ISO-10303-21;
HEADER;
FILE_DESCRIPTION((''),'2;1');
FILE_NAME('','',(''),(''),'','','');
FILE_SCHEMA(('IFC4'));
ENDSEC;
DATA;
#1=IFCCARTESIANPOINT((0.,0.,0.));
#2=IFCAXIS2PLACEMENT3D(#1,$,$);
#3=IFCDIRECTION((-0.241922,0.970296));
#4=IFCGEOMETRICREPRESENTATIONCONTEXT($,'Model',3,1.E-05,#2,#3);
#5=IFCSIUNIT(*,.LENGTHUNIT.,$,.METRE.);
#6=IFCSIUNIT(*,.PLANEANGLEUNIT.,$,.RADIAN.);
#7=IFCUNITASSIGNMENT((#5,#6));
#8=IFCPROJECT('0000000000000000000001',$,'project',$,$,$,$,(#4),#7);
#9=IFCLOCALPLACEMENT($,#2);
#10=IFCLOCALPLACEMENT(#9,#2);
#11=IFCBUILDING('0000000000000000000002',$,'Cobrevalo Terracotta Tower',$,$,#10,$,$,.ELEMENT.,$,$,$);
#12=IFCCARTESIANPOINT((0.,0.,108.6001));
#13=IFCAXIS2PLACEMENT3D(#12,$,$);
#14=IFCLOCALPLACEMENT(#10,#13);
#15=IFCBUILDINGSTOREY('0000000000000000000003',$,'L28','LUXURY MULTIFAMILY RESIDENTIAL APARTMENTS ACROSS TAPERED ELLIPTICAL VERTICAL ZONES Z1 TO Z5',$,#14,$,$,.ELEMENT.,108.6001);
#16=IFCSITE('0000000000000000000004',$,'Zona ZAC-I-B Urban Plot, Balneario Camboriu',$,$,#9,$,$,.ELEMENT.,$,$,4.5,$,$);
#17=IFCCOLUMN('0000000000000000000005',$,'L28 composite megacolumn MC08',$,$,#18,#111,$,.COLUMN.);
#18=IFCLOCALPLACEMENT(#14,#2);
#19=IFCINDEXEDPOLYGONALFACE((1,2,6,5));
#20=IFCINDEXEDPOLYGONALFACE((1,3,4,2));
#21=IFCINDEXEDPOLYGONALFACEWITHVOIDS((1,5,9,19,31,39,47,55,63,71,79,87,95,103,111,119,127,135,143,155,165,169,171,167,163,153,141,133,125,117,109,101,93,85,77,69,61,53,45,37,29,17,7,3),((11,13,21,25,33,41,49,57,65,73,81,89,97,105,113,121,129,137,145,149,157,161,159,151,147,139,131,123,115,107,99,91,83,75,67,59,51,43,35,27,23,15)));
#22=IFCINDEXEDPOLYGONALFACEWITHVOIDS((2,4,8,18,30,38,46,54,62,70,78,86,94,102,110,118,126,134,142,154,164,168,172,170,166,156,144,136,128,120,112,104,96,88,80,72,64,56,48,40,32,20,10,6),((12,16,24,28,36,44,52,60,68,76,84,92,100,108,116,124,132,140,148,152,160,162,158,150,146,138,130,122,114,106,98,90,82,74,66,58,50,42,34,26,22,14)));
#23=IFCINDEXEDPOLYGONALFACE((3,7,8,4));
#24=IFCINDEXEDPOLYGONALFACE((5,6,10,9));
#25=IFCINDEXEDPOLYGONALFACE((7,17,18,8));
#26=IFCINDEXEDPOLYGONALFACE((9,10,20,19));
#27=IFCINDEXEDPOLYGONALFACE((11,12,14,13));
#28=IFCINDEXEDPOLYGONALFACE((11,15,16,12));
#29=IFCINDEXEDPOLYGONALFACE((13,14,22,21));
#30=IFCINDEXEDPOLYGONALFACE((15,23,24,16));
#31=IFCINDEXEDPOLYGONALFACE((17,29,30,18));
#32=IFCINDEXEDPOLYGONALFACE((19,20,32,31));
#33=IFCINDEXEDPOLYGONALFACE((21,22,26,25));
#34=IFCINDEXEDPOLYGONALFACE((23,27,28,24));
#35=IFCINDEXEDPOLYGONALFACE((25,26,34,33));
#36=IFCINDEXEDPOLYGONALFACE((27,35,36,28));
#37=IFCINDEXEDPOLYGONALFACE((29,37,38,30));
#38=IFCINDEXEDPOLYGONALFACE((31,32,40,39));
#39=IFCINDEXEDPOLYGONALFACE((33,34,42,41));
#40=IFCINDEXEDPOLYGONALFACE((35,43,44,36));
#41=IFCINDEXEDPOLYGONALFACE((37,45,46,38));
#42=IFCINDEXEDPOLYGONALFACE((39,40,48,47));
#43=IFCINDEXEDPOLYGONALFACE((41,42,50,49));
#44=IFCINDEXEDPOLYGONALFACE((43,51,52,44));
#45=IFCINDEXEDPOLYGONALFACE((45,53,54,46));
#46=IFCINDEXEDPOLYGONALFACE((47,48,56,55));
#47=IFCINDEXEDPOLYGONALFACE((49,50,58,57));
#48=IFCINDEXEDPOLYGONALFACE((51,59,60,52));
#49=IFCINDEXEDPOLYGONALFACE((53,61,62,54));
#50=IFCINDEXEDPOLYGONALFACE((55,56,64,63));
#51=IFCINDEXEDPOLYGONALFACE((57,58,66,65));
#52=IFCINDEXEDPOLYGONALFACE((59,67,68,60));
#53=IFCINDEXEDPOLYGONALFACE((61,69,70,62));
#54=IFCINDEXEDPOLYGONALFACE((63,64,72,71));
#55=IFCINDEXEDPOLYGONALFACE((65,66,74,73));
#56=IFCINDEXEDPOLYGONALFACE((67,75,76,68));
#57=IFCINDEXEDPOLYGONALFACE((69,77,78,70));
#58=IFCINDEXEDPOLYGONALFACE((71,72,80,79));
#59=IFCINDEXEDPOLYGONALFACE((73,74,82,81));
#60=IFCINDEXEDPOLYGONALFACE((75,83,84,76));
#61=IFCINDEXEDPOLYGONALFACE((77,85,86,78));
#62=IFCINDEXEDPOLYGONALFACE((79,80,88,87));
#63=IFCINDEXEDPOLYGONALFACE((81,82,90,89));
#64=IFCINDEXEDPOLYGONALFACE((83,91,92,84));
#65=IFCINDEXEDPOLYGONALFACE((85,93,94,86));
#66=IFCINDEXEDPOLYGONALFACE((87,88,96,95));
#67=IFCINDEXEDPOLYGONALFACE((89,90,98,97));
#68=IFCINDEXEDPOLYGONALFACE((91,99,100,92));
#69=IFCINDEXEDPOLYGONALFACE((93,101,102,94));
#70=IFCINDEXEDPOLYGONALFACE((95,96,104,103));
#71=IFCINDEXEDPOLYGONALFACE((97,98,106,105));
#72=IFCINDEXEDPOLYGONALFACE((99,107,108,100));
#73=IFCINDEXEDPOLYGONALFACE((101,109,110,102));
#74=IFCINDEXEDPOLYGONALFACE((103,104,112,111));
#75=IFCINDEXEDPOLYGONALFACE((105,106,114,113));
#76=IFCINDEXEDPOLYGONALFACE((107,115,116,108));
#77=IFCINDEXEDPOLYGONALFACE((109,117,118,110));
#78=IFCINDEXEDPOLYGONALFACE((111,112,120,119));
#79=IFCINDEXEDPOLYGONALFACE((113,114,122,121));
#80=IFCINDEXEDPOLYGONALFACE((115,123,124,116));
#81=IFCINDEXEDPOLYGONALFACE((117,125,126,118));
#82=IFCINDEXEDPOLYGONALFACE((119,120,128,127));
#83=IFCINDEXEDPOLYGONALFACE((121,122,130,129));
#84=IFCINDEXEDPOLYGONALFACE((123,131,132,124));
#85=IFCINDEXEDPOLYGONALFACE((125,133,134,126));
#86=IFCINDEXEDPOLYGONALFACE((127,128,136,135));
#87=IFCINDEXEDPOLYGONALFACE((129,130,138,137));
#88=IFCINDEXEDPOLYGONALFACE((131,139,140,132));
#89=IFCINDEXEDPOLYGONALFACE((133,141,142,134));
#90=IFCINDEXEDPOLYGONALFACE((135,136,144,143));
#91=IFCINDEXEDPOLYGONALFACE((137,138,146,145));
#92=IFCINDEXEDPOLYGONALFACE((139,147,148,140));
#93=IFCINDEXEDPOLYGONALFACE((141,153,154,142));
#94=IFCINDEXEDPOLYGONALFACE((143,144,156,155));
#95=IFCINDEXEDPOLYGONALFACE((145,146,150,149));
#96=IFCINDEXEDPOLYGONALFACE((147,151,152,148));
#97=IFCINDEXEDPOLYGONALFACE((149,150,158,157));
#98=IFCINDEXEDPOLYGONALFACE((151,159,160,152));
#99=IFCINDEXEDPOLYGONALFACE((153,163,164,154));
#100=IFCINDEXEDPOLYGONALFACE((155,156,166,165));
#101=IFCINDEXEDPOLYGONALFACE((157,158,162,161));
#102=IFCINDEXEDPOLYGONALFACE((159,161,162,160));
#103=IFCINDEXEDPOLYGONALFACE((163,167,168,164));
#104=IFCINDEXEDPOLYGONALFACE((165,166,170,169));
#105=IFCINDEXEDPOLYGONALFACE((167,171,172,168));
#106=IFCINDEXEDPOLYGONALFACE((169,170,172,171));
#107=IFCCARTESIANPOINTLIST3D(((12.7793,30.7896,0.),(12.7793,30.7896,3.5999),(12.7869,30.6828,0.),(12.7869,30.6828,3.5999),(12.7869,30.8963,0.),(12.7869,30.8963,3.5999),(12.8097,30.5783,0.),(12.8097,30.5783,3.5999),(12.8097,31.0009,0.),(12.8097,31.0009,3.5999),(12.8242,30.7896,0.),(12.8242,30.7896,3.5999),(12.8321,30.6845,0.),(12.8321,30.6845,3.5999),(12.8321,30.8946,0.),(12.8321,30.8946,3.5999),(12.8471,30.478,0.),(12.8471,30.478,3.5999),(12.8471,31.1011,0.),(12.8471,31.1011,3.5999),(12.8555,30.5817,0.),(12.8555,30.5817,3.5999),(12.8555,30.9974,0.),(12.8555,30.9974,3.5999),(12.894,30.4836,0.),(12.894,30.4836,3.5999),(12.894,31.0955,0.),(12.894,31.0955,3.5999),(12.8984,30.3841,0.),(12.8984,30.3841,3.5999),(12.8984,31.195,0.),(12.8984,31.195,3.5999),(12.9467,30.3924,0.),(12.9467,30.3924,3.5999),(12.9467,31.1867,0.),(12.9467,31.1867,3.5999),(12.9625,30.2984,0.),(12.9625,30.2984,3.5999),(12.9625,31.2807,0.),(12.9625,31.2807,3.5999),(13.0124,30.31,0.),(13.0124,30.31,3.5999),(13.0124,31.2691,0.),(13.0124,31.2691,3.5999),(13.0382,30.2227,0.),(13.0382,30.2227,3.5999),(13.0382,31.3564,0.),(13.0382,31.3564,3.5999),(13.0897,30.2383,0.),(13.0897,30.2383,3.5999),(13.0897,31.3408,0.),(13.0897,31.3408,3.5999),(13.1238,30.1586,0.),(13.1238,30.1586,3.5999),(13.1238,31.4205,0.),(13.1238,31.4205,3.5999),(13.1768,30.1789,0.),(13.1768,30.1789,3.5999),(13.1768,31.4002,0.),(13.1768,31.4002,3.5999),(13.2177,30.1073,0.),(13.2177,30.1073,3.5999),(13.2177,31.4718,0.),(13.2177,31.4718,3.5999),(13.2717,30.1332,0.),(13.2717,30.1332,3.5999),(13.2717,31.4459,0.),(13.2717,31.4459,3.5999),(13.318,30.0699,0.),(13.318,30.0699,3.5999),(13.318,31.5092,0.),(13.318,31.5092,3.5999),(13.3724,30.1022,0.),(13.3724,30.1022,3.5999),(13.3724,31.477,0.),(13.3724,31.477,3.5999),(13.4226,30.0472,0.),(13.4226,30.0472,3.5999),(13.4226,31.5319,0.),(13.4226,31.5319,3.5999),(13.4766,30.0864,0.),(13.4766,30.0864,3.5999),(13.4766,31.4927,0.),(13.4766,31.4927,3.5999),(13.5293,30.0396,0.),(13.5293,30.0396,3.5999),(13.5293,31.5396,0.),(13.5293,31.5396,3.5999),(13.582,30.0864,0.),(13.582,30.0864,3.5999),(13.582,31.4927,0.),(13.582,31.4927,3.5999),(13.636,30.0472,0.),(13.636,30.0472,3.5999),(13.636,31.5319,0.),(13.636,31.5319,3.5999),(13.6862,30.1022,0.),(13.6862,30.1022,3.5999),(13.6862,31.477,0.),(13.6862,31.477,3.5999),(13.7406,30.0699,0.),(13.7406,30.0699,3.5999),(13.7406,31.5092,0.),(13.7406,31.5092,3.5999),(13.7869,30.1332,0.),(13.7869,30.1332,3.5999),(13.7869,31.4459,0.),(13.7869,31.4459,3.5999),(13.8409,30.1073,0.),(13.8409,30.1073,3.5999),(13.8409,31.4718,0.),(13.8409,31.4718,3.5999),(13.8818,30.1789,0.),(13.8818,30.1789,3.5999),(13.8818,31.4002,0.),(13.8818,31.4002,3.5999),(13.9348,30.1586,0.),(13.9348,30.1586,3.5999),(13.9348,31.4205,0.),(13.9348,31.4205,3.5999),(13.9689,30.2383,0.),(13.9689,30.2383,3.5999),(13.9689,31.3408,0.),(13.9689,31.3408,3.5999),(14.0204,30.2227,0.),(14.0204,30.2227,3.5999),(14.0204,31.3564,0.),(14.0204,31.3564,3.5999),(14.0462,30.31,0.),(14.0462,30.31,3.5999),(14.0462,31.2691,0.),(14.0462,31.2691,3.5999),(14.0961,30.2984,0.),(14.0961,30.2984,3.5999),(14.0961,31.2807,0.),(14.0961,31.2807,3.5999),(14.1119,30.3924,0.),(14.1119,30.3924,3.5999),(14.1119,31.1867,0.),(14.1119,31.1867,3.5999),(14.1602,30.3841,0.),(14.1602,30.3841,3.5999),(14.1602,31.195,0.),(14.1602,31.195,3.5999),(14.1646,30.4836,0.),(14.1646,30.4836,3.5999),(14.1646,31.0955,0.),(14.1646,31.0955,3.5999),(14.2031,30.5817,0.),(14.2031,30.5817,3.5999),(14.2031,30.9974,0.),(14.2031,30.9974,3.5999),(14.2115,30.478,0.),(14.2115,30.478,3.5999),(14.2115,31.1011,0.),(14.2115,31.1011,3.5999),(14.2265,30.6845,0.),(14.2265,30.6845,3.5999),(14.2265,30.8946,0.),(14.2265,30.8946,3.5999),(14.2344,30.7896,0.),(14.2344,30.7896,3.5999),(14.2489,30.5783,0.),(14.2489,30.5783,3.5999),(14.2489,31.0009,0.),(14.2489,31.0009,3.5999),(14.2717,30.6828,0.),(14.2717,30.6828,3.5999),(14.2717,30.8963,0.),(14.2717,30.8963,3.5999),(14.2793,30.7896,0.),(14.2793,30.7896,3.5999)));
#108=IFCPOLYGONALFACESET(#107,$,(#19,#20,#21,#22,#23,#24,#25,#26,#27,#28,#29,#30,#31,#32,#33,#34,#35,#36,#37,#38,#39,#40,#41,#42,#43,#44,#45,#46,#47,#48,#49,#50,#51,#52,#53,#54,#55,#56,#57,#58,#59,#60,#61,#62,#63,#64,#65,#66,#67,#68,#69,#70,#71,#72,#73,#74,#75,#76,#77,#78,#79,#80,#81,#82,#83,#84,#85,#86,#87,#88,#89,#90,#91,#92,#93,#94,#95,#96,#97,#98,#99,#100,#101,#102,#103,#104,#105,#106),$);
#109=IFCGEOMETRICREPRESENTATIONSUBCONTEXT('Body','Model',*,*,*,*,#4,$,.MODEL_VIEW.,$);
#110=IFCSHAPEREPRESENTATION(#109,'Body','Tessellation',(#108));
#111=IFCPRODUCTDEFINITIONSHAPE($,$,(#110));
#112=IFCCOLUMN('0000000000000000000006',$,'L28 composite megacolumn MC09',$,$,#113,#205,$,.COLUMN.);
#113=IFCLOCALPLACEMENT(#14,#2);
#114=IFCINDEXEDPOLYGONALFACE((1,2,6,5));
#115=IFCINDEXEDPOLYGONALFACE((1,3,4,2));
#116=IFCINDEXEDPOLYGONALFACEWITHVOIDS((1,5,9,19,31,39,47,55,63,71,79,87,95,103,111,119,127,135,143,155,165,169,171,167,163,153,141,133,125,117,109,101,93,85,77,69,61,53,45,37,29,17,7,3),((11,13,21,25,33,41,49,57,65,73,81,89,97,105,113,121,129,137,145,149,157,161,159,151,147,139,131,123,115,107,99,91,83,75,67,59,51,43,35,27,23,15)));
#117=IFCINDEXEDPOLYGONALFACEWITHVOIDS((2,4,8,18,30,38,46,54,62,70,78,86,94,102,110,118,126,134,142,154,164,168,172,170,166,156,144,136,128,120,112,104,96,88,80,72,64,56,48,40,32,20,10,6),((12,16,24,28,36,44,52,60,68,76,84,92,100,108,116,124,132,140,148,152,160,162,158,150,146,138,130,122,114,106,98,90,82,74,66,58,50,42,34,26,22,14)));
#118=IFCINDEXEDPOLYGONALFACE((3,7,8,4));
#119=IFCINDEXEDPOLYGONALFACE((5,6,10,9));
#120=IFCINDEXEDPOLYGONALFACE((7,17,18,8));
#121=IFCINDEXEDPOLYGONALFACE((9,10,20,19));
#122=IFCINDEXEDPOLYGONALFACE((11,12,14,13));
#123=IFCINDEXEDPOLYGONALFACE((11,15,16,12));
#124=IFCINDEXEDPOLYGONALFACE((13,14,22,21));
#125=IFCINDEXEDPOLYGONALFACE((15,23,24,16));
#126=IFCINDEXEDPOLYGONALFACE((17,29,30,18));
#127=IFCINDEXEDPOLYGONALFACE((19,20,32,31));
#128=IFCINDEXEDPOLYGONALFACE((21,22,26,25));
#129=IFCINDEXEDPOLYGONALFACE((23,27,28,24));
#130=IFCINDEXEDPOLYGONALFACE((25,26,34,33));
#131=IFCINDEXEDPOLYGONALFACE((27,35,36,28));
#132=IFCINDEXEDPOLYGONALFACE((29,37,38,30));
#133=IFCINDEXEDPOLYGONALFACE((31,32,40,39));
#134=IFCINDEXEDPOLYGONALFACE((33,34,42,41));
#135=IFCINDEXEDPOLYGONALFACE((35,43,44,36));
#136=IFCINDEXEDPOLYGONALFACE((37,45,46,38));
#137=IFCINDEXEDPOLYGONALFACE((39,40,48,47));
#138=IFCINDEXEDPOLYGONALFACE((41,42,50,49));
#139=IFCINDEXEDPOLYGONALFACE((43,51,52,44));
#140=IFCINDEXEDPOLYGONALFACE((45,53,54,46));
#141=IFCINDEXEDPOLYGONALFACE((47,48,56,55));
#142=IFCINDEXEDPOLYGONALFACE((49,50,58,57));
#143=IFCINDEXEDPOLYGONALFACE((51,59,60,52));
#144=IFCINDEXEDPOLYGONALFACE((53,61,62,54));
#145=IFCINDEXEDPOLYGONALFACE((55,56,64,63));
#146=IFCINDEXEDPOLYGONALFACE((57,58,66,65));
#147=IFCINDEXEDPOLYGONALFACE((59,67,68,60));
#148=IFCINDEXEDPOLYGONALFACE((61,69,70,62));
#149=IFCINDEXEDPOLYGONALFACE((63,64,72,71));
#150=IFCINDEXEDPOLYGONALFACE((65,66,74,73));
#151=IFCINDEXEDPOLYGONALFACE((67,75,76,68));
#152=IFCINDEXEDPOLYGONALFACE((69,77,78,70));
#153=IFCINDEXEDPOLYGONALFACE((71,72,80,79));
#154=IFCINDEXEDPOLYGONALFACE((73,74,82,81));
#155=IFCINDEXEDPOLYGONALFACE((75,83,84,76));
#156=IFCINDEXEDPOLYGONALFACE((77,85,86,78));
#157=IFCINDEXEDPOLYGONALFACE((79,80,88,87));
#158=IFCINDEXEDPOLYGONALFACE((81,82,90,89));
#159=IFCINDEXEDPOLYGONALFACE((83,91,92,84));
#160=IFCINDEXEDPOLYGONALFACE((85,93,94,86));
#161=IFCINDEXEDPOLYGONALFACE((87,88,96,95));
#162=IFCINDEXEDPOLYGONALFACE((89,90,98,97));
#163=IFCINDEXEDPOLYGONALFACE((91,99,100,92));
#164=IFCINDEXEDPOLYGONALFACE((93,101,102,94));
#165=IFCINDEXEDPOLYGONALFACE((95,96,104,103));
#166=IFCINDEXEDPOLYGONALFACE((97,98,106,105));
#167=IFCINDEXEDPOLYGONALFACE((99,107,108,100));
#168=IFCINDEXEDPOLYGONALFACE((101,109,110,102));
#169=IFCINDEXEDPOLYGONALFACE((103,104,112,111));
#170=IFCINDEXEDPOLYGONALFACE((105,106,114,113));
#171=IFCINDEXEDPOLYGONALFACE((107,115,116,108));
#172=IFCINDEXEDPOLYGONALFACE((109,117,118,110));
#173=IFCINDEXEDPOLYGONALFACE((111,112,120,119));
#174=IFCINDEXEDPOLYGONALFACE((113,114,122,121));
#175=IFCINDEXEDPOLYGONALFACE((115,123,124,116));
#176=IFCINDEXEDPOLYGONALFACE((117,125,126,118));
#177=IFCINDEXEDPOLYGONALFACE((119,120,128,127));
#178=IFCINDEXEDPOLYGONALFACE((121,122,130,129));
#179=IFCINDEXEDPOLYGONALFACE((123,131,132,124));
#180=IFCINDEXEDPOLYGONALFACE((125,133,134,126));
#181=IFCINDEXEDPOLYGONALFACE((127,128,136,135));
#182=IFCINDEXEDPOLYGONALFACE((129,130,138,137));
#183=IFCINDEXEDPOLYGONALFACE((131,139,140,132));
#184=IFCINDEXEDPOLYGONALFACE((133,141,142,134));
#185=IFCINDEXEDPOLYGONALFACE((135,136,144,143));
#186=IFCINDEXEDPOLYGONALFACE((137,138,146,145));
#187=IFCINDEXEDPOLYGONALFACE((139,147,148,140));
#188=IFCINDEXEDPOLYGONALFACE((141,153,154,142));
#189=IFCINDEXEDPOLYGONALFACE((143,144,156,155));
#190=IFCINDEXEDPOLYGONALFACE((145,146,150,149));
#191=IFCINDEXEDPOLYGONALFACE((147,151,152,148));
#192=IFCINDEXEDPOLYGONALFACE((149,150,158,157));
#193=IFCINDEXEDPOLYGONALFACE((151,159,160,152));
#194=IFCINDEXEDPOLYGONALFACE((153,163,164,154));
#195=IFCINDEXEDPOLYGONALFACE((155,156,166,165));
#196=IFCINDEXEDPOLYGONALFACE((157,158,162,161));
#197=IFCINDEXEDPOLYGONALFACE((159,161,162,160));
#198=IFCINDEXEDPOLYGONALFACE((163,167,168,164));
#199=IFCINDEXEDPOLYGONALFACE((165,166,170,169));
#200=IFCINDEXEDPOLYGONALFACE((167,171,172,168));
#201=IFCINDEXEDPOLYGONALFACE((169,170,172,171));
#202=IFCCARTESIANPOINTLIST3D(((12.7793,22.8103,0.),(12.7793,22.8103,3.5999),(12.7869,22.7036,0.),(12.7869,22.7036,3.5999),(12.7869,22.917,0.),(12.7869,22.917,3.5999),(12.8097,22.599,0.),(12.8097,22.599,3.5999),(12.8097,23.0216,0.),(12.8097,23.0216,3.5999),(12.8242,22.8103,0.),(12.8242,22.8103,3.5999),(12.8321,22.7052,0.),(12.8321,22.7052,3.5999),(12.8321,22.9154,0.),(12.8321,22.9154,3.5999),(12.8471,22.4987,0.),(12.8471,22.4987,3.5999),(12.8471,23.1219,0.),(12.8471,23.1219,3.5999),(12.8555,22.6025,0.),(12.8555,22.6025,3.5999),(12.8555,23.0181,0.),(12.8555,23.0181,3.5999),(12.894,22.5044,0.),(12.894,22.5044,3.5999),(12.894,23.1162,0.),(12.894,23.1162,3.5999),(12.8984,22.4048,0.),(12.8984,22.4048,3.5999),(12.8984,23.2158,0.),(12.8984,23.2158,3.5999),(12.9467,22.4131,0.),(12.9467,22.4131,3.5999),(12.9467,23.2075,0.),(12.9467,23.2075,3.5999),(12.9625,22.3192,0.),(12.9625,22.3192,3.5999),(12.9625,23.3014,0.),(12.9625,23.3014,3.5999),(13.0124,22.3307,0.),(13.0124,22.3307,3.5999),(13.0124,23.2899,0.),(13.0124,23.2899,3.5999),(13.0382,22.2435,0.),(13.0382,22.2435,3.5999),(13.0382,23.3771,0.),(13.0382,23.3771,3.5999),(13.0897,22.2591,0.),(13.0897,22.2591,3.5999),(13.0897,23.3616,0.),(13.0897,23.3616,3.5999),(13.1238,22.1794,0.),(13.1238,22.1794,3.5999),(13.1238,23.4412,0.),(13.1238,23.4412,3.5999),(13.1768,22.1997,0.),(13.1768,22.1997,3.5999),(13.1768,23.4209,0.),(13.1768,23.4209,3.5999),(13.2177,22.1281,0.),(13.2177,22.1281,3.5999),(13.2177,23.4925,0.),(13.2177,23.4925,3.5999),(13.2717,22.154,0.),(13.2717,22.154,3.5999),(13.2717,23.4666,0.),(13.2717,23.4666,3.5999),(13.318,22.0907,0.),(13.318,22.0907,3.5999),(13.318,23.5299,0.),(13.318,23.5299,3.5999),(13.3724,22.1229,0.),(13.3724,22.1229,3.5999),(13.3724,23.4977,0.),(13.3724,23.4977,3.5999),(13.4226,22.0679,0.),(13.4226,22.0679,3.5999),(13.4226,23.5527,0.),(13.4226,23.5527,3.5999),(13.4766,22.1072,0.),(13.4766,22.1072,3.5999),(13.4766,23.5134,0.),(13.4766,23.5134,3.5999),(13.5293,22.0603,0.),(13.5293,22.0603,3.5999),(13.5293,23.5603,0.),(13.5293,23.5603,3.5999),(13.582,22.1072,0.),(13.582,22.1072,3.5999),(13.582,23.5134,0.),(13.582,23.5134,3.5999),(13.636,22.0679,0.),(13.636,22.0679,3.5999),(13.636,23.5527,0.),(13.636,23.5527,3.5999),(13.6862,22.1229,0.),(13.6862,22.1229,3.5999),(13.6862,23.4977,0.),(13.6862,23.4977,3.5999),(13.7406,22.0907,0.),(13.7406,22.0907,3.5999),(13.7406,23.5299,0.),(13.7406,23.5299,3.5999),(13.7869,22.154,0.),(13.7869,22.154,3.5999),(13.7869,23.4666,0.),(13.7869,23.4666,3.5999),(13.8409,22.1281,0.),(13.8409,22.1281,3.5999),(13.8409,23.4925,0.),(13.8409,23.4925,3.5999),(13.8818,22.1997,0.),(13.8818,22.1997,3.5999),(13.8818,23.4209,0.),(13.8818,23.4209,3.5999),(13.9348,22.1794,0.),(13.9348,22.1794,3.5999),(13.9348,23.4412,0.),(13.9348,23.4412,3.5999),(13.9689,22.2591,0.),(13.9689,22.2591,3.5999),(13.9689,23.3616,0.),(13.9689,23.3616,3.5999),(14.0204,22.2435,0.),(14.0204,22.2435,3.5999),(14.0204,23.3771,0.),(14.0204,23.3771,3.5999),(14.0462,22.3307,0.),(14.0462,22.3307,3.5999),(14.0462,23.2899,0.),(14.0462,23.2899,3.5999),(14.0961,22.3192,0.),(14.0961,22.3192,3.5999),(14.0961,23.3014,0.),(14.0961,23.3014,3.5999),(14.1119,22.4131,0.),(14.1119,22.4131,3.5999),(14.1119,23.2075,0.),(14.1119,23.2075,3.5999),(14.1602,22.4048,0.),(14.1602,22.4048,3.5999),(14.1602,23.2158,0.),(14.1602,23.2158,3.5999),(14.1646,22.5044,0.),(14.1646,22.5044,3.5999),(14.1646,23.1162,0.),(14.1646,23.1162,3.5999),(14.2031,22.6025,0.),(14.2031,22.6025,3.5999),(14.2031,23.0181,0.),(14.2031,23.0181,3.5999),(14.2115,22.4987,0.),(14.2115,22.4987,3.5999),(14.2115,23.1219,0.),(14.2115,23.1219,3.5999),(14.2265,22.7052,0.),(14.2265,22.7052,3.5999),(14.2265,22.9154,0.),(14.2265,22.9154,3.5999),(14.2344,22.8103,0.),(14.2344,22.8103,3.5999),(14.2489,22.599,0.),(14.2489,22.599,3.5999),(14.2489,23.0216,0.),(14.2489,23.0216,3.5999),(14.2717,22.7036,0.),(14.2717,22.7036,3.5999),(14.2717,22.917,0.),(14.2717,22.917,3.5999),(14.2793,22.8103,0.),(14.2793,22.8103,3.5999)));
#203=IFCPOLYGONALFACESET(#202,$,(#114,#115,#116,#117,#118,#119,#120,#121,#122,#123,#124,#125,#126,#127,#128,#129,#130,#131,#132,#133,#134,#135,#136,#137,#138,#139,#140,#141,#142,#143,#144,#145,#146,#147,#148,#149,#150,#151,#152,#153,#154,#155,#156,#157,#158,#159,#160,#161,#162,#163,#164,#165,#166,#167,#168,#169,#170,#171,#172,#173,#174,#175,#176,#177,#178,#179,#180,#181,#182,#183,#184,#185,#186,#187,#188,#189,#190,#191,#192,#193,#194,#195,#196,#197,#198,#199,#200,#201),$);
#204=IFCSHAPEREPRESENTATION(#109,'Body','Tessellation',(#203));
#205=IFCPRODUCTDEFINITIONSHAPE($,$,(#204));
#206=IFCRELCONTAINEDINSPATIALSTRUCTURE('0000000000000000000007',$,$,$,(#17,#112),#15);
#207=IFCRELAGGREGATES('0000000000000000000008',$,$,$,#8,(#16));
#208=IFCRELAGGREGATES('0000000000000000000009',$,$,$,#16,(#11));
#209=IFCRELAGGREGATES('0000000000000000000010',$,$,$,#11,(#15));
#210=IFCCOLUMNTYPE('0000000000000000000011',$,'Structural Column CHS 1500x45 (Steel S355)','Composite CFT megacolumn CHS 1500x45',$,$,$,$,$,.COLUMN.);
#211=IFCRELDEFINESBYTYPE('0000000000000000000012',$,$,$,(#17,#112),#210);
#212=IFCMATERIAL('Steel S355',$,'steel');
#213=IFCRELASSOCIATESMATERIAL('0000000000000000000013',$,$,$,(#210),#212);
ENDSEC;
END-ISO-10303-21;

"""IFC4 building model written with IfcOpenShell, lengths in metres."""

from ifc_helpers import new_model, si_unit, direction, frame, origin, origin_2d, place, context, subcontext, project, spatial, hollow_circle, extrude, material, material_profile, profile_set, type_object, element, save


model = new_model("IFC4")

# Units and contexts
model_context = context("Model", 3, precision=1e-05, world=origin(), true_north=direction((-0.241922, 0.970296)))
body_context = subcontext(model_context, "Body", "Model", "MODEL_VIEW")
ifc_project = project(units=[si_unit("LENGTHUNIT", "METRE"), si_unit("PLANEANGLEUNIT", "RADIAN")], contexts=[model_context])

# Site, building, storey
site_placement = place(None, origin())
site = spatial("IfcSite", under=ifc_project, at=site_placement, Name="Zona ZAC-I-B Urban Plot, Balneario Camboriu", CompositionType="ELEMENT", RefElevation=4.5)
building_placement = place(site_placement, origin())
building = spatial("IfcBuilding", under=site, at=building_placement, Name="Cobrevalo Terracotta Tower", CompositionType="ELEMENT")
storey_placement = place(building_placement, frame((0.0, 0.0, 108.6001)))
storey = spatial("IfcBuildingStorey", under=building, at=storey_placement, Name="L28", Description="LUXURY MULTIFAMILY RESIDENTIAL APARTMENTS ACROSS TAPERED ELLIPTICAL VERTICAL ZONES Z1 TO Z5", CompositionType="ELEMENT", Elevation=108.6001)

# Columns
ifc_material_1 = material(Name="Steel S355", Category="steel")
ifc_material_profile_1 = material_profile(ifc_material_1, hollow_circle(Radius=0.75, WallThickness=0.0449, at=origin_2d()), Name="CHS 1500x45")
ifc_profile_set_1 = profile_set([ifc_material_profile_1], Name="Steel S355")
column_type = type_object("IfcColumnType", Name="Structural Column CHS 1500x45 (Steel S355)", Description="Composite CFT megacolumn CHS 1500x45", PredefinedType="COLUMN", material=ifc_profile_set_1)
for number, where, z_axis, x_axis, name in (
    (1, (13.5293, 30.7896, 0.0), (0.0, 0.0, 1.0), (1.0, 0.0, 0.0), "L28 composite megacolumn MC08"),
    (2, (13.5293, 22.8103, 0.0), (0.0, 0.0, 1.0), (1.0, 0.0, 0.0), "L28 composite megacolumn MC09"),
):
    element("IfcColumn", number, at=place(storey_placement, frame(where, z_axis=z_axis, x_axis=x_axis)), inside=storey, type_object=column_type, Name=name, PredefinedType="COLUMN", context=body_context, shape_type="SweptSolid", body=[
        extrude(hollow_circle(Radius=0.75, WallThickness=0.0449, at=origin_2d()), origin(), (0.0, 0.0, 1.0), 3.5999),
    ])

save(model, "model.ifc")
